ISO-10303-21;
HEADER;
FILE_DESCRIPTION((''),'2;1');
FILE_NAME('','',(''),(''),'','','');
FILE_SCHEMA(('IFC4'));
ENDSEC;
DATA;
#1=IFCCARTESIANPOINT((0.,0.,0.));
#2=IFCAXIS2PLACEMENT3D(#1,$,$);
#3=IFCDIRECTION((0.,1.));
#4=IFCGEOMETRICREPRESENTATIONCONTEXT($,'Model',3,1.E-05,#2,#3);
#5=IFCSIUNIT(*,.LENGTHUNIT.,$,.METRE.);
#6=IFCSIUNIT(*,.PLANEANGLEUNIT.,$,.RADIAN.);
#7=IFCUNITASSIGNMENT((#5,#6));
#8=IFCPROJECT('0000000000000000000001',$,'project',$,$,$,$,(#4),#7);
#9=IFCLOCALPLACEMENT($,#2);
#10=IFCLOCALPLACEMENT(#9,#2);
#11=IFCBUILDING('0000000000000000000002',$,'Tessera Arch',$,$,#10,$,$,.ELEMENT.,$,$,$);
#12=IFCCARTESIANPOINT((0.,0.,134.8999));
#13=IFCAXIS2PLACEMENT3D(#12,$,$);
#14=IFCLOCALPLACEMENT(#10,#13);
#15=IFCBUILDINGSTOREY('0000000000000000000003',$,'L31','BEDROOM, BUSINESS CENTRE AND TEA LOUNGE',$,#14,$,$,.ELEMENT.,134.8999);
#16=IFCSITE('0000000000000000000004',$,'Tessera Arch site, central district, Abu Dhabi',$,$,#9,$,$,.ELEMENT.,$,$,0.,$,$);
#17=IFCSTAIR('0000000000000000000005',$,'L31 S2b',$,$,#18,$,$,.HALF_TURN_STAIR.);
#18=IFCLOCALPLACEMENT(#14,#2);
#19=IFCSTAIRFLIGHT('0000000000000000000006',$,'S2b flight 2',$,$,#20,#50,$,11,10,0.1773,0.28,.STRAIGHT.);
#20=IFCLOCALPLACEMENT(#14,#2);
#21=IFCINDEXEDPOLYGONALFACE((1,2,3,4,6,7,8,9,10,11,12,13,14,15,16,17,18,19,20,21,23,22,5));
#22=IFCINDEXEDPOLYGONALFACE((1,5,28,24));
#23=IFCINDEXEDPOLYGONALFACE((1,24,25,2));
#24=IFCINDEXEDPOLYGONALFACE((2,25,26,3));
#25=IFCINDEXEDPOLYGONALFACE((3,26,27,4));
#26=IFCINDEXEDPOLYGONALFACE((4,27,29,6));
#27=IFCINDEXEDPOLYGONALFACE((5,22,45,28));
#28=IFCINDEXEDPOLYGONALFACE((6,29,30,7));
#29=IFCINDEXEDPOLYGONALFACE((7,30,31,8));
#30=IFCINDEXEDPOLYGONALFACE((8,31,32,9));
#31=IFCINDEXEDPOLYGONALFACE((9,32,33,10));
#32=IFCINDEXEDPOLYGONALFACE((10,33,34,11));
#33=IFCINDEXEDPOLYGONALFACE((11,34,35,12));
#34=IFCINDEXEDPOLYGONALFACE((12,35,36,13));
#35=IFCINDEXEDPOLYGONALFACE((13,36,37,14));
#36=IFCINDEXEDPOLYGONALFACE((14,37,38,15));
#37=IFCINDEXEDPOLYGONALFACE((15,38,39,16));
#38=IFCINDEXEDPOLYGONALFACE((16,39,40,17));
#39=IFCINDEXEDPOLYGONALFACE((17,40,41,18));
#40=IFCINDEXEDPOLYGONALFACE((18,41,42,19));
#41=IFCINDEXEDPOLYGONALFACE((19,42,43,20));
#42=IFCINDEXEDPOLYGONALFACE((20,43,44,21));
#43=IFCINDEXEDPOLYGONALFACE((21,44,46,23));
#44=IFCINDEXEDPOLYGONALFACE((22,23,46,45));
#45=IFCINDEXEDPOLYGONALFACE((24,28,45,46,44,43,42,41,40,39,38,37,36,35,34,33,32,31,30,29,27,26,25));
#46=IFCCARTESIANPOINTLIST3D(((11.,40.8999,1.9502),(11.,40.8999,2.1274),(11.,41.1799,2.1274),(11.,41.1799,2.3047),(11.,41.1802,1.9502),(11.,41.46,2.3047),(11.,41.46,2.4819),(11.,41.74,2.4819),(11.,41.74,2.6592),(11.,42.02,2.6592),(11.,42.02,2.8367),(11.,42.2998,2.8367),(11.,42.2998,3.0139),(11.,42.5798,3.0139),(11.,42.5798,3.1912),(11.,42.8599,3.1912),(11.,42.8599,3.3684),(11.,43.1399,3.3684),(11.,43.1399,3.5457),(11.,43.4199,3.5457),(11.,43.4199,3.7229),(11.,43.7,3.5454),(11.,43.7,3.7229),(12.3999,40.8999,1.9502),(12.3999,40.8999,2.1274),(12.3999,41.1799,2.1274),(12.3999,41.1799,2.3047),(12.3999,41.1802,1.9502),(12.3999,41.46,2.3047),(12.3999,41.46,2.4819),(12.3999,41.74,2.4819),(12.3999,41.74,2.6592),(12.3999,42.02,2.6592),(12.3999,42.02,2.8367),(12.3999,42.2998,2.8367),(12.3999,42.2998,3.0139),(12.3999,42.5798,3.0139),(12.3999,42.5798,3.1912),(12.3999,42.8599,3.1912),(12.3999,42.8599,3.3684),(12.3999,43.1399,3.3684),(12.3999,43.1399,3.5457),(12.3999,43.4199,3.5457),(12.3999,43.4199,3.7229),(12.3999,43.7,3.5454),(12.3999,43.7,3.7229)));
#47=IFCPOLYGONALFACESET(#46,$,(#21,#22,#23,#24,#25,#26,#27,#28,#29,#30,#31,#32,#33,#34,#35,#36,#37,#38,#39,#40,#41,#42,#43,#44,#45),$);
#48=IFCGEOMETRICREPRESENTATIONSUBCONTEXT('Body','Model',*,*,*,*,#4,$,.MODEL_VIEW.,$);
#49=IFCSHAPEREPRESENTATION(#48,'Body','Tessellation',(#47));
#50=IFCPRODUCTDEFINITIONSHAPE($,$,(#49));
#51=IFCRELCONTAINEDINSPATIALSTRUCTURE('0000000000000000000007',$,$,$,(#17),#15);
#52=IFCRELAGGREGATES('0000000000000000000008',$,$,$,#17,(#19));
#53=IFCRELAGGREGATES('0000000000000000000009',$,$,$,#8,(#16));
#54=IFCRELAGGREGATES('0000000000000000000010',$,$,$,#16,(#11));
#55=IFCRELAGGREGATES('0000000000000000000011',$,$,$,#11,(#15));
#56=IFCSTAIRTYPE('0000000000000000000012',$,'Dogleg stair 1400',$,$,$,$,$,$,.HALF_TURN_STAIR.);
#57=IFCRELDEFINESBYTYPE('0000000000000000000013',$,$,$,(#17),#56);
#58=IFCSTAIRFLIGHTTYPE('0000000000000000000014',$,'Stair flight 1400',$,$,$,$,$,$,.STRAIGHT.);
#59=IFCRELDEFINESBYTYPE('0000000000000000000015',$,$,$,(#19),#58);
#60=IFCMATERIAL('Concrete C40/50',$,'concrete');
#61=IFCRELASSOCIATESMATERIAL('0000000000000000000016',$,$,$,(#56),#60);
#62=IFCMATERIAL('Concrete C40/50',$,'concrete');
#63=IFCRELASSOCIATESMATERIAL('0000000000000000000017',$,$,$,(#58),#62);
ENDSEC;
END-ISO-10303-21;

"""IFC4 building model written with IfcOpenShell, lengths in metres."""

from ifc_helpers import new_model, si_unit, direction, frame, origin, place, context, subcontext, project, spatial, polyline, outline, extrude, material, type_object, element, aggregate, save


model = new_model("IFC4")

# Units and contexts
model_context = context("Model", 3, precision=1e-05, world=origin(), true_north=direction((0.0, 1.0)))
body_context = subcontext(model_context, "Body", "Model", "MODEL_VIEW")
ifc_project = project(units=[si_unit("LENGTHUNIT", "METRE"), si_unit("PLANEANGLEUNIT", "RADIAN")], contexts=[model_context])

# Site, building, storey
site_placement = place(None, origin())
site = spatial("IfcSite", under=ifc_project, at=site_placement, Name="Tessera Arch site, central district, Abu Dhabi", CompositionType="ELEMENT", RefElevation=0.0)
building_placement = place(site_placement, origin())
building = spatial("IfcBuilding", under=site, at=building_placement, Name="Tessera Arch", CompositionType="ELEMENT")
storey_placement = place(building_placement, frame((0.0, 0.0, 134.8999)))
storey = spatial("IfcBuildingStorey", under=building, at=storey_placement, Name="L31", Description="BEDROOM, BUSINESS CENTRE AND TEA LOUNGE", CompositionType="ELEMENT", Elevation=134.8999)

# Stair, stair flight
ifc_material_1 = material(Name="Concrete C40/50", Category="concrete")
stair_type = type_object("IfcStairType", Name="Dogleg stair 1400", PredefinedType="HALF_TURN_STAIR", material=ifc_material_1)
stair_placement = place(storey_placement, origin())
stair = element("IfcStair", 1, at=stair_placement, inside=storey, type_object=stair_type, Name="L31 S2b", PredefinedType="HALF_TURN_STAIR")
ifc_material_2 = material(Name="Concrete C40/50", Category="concrete")
stair_flight_type = type_object("IfcStairFlightType", Name="Stair flight 1400", PredefinedType="STRAIGHT", material=ifc_material_2)
stair_flight_1_placement = place(storey_placement, frame((11.7, 40.8999, 1.9502), z_axis=(0.0, 0.0, 1.0), x_axis=(0.0, 1.0, 0.0)))
stair_flight_1 = element("IfcStairFlight", 2, at=stair_flight_1_placement, type_object=stair_flight_type, Name="S2b flight 2", NumberOfRisers=11, NumberOfTreads=10, PredefinedType="STRAIGHT", RiserHeight=0.1773, TreadLength=0.28, context=body_context, shape_type="SweptSolid", body=[
    extrude(outline(polyline([(0.0, 0.0), (0.0, 0.1772), (0.28, 0.1772), (0.28, 0.3545), (0.5601, 0.3545), (0.5601, 0.5317), (0.8401, 0.5317), (0.8401, 0.709), (1.1201, 0.709), (1.1201, 0.8865), (1.3999, 0.8865), (1.3999, 1.0637), (1.6799, 1.0637), (1.6799, 1.241), (1.96, 1.241), (1.96, 1.4182), (2.24, 1.4182), (2.24, 1.5955), (2.52, 1.5955), (2.52, 1.7727), (2.8, 1.7727), (2.8, 1.95), (2.8, 1.5952), (0.2803, 0.0), (0.0, 0.0)])), frame((0.0, 0.7, 0.0), z_axis=(0.0, -1.0, 0.0), x_axis=(1.0, 0.0, 0.0)), (0.0, 0.0, 1.0), 1.3999),
])
aggregate(stair, [stair_flight_1])

save(model, "model.ifc")
